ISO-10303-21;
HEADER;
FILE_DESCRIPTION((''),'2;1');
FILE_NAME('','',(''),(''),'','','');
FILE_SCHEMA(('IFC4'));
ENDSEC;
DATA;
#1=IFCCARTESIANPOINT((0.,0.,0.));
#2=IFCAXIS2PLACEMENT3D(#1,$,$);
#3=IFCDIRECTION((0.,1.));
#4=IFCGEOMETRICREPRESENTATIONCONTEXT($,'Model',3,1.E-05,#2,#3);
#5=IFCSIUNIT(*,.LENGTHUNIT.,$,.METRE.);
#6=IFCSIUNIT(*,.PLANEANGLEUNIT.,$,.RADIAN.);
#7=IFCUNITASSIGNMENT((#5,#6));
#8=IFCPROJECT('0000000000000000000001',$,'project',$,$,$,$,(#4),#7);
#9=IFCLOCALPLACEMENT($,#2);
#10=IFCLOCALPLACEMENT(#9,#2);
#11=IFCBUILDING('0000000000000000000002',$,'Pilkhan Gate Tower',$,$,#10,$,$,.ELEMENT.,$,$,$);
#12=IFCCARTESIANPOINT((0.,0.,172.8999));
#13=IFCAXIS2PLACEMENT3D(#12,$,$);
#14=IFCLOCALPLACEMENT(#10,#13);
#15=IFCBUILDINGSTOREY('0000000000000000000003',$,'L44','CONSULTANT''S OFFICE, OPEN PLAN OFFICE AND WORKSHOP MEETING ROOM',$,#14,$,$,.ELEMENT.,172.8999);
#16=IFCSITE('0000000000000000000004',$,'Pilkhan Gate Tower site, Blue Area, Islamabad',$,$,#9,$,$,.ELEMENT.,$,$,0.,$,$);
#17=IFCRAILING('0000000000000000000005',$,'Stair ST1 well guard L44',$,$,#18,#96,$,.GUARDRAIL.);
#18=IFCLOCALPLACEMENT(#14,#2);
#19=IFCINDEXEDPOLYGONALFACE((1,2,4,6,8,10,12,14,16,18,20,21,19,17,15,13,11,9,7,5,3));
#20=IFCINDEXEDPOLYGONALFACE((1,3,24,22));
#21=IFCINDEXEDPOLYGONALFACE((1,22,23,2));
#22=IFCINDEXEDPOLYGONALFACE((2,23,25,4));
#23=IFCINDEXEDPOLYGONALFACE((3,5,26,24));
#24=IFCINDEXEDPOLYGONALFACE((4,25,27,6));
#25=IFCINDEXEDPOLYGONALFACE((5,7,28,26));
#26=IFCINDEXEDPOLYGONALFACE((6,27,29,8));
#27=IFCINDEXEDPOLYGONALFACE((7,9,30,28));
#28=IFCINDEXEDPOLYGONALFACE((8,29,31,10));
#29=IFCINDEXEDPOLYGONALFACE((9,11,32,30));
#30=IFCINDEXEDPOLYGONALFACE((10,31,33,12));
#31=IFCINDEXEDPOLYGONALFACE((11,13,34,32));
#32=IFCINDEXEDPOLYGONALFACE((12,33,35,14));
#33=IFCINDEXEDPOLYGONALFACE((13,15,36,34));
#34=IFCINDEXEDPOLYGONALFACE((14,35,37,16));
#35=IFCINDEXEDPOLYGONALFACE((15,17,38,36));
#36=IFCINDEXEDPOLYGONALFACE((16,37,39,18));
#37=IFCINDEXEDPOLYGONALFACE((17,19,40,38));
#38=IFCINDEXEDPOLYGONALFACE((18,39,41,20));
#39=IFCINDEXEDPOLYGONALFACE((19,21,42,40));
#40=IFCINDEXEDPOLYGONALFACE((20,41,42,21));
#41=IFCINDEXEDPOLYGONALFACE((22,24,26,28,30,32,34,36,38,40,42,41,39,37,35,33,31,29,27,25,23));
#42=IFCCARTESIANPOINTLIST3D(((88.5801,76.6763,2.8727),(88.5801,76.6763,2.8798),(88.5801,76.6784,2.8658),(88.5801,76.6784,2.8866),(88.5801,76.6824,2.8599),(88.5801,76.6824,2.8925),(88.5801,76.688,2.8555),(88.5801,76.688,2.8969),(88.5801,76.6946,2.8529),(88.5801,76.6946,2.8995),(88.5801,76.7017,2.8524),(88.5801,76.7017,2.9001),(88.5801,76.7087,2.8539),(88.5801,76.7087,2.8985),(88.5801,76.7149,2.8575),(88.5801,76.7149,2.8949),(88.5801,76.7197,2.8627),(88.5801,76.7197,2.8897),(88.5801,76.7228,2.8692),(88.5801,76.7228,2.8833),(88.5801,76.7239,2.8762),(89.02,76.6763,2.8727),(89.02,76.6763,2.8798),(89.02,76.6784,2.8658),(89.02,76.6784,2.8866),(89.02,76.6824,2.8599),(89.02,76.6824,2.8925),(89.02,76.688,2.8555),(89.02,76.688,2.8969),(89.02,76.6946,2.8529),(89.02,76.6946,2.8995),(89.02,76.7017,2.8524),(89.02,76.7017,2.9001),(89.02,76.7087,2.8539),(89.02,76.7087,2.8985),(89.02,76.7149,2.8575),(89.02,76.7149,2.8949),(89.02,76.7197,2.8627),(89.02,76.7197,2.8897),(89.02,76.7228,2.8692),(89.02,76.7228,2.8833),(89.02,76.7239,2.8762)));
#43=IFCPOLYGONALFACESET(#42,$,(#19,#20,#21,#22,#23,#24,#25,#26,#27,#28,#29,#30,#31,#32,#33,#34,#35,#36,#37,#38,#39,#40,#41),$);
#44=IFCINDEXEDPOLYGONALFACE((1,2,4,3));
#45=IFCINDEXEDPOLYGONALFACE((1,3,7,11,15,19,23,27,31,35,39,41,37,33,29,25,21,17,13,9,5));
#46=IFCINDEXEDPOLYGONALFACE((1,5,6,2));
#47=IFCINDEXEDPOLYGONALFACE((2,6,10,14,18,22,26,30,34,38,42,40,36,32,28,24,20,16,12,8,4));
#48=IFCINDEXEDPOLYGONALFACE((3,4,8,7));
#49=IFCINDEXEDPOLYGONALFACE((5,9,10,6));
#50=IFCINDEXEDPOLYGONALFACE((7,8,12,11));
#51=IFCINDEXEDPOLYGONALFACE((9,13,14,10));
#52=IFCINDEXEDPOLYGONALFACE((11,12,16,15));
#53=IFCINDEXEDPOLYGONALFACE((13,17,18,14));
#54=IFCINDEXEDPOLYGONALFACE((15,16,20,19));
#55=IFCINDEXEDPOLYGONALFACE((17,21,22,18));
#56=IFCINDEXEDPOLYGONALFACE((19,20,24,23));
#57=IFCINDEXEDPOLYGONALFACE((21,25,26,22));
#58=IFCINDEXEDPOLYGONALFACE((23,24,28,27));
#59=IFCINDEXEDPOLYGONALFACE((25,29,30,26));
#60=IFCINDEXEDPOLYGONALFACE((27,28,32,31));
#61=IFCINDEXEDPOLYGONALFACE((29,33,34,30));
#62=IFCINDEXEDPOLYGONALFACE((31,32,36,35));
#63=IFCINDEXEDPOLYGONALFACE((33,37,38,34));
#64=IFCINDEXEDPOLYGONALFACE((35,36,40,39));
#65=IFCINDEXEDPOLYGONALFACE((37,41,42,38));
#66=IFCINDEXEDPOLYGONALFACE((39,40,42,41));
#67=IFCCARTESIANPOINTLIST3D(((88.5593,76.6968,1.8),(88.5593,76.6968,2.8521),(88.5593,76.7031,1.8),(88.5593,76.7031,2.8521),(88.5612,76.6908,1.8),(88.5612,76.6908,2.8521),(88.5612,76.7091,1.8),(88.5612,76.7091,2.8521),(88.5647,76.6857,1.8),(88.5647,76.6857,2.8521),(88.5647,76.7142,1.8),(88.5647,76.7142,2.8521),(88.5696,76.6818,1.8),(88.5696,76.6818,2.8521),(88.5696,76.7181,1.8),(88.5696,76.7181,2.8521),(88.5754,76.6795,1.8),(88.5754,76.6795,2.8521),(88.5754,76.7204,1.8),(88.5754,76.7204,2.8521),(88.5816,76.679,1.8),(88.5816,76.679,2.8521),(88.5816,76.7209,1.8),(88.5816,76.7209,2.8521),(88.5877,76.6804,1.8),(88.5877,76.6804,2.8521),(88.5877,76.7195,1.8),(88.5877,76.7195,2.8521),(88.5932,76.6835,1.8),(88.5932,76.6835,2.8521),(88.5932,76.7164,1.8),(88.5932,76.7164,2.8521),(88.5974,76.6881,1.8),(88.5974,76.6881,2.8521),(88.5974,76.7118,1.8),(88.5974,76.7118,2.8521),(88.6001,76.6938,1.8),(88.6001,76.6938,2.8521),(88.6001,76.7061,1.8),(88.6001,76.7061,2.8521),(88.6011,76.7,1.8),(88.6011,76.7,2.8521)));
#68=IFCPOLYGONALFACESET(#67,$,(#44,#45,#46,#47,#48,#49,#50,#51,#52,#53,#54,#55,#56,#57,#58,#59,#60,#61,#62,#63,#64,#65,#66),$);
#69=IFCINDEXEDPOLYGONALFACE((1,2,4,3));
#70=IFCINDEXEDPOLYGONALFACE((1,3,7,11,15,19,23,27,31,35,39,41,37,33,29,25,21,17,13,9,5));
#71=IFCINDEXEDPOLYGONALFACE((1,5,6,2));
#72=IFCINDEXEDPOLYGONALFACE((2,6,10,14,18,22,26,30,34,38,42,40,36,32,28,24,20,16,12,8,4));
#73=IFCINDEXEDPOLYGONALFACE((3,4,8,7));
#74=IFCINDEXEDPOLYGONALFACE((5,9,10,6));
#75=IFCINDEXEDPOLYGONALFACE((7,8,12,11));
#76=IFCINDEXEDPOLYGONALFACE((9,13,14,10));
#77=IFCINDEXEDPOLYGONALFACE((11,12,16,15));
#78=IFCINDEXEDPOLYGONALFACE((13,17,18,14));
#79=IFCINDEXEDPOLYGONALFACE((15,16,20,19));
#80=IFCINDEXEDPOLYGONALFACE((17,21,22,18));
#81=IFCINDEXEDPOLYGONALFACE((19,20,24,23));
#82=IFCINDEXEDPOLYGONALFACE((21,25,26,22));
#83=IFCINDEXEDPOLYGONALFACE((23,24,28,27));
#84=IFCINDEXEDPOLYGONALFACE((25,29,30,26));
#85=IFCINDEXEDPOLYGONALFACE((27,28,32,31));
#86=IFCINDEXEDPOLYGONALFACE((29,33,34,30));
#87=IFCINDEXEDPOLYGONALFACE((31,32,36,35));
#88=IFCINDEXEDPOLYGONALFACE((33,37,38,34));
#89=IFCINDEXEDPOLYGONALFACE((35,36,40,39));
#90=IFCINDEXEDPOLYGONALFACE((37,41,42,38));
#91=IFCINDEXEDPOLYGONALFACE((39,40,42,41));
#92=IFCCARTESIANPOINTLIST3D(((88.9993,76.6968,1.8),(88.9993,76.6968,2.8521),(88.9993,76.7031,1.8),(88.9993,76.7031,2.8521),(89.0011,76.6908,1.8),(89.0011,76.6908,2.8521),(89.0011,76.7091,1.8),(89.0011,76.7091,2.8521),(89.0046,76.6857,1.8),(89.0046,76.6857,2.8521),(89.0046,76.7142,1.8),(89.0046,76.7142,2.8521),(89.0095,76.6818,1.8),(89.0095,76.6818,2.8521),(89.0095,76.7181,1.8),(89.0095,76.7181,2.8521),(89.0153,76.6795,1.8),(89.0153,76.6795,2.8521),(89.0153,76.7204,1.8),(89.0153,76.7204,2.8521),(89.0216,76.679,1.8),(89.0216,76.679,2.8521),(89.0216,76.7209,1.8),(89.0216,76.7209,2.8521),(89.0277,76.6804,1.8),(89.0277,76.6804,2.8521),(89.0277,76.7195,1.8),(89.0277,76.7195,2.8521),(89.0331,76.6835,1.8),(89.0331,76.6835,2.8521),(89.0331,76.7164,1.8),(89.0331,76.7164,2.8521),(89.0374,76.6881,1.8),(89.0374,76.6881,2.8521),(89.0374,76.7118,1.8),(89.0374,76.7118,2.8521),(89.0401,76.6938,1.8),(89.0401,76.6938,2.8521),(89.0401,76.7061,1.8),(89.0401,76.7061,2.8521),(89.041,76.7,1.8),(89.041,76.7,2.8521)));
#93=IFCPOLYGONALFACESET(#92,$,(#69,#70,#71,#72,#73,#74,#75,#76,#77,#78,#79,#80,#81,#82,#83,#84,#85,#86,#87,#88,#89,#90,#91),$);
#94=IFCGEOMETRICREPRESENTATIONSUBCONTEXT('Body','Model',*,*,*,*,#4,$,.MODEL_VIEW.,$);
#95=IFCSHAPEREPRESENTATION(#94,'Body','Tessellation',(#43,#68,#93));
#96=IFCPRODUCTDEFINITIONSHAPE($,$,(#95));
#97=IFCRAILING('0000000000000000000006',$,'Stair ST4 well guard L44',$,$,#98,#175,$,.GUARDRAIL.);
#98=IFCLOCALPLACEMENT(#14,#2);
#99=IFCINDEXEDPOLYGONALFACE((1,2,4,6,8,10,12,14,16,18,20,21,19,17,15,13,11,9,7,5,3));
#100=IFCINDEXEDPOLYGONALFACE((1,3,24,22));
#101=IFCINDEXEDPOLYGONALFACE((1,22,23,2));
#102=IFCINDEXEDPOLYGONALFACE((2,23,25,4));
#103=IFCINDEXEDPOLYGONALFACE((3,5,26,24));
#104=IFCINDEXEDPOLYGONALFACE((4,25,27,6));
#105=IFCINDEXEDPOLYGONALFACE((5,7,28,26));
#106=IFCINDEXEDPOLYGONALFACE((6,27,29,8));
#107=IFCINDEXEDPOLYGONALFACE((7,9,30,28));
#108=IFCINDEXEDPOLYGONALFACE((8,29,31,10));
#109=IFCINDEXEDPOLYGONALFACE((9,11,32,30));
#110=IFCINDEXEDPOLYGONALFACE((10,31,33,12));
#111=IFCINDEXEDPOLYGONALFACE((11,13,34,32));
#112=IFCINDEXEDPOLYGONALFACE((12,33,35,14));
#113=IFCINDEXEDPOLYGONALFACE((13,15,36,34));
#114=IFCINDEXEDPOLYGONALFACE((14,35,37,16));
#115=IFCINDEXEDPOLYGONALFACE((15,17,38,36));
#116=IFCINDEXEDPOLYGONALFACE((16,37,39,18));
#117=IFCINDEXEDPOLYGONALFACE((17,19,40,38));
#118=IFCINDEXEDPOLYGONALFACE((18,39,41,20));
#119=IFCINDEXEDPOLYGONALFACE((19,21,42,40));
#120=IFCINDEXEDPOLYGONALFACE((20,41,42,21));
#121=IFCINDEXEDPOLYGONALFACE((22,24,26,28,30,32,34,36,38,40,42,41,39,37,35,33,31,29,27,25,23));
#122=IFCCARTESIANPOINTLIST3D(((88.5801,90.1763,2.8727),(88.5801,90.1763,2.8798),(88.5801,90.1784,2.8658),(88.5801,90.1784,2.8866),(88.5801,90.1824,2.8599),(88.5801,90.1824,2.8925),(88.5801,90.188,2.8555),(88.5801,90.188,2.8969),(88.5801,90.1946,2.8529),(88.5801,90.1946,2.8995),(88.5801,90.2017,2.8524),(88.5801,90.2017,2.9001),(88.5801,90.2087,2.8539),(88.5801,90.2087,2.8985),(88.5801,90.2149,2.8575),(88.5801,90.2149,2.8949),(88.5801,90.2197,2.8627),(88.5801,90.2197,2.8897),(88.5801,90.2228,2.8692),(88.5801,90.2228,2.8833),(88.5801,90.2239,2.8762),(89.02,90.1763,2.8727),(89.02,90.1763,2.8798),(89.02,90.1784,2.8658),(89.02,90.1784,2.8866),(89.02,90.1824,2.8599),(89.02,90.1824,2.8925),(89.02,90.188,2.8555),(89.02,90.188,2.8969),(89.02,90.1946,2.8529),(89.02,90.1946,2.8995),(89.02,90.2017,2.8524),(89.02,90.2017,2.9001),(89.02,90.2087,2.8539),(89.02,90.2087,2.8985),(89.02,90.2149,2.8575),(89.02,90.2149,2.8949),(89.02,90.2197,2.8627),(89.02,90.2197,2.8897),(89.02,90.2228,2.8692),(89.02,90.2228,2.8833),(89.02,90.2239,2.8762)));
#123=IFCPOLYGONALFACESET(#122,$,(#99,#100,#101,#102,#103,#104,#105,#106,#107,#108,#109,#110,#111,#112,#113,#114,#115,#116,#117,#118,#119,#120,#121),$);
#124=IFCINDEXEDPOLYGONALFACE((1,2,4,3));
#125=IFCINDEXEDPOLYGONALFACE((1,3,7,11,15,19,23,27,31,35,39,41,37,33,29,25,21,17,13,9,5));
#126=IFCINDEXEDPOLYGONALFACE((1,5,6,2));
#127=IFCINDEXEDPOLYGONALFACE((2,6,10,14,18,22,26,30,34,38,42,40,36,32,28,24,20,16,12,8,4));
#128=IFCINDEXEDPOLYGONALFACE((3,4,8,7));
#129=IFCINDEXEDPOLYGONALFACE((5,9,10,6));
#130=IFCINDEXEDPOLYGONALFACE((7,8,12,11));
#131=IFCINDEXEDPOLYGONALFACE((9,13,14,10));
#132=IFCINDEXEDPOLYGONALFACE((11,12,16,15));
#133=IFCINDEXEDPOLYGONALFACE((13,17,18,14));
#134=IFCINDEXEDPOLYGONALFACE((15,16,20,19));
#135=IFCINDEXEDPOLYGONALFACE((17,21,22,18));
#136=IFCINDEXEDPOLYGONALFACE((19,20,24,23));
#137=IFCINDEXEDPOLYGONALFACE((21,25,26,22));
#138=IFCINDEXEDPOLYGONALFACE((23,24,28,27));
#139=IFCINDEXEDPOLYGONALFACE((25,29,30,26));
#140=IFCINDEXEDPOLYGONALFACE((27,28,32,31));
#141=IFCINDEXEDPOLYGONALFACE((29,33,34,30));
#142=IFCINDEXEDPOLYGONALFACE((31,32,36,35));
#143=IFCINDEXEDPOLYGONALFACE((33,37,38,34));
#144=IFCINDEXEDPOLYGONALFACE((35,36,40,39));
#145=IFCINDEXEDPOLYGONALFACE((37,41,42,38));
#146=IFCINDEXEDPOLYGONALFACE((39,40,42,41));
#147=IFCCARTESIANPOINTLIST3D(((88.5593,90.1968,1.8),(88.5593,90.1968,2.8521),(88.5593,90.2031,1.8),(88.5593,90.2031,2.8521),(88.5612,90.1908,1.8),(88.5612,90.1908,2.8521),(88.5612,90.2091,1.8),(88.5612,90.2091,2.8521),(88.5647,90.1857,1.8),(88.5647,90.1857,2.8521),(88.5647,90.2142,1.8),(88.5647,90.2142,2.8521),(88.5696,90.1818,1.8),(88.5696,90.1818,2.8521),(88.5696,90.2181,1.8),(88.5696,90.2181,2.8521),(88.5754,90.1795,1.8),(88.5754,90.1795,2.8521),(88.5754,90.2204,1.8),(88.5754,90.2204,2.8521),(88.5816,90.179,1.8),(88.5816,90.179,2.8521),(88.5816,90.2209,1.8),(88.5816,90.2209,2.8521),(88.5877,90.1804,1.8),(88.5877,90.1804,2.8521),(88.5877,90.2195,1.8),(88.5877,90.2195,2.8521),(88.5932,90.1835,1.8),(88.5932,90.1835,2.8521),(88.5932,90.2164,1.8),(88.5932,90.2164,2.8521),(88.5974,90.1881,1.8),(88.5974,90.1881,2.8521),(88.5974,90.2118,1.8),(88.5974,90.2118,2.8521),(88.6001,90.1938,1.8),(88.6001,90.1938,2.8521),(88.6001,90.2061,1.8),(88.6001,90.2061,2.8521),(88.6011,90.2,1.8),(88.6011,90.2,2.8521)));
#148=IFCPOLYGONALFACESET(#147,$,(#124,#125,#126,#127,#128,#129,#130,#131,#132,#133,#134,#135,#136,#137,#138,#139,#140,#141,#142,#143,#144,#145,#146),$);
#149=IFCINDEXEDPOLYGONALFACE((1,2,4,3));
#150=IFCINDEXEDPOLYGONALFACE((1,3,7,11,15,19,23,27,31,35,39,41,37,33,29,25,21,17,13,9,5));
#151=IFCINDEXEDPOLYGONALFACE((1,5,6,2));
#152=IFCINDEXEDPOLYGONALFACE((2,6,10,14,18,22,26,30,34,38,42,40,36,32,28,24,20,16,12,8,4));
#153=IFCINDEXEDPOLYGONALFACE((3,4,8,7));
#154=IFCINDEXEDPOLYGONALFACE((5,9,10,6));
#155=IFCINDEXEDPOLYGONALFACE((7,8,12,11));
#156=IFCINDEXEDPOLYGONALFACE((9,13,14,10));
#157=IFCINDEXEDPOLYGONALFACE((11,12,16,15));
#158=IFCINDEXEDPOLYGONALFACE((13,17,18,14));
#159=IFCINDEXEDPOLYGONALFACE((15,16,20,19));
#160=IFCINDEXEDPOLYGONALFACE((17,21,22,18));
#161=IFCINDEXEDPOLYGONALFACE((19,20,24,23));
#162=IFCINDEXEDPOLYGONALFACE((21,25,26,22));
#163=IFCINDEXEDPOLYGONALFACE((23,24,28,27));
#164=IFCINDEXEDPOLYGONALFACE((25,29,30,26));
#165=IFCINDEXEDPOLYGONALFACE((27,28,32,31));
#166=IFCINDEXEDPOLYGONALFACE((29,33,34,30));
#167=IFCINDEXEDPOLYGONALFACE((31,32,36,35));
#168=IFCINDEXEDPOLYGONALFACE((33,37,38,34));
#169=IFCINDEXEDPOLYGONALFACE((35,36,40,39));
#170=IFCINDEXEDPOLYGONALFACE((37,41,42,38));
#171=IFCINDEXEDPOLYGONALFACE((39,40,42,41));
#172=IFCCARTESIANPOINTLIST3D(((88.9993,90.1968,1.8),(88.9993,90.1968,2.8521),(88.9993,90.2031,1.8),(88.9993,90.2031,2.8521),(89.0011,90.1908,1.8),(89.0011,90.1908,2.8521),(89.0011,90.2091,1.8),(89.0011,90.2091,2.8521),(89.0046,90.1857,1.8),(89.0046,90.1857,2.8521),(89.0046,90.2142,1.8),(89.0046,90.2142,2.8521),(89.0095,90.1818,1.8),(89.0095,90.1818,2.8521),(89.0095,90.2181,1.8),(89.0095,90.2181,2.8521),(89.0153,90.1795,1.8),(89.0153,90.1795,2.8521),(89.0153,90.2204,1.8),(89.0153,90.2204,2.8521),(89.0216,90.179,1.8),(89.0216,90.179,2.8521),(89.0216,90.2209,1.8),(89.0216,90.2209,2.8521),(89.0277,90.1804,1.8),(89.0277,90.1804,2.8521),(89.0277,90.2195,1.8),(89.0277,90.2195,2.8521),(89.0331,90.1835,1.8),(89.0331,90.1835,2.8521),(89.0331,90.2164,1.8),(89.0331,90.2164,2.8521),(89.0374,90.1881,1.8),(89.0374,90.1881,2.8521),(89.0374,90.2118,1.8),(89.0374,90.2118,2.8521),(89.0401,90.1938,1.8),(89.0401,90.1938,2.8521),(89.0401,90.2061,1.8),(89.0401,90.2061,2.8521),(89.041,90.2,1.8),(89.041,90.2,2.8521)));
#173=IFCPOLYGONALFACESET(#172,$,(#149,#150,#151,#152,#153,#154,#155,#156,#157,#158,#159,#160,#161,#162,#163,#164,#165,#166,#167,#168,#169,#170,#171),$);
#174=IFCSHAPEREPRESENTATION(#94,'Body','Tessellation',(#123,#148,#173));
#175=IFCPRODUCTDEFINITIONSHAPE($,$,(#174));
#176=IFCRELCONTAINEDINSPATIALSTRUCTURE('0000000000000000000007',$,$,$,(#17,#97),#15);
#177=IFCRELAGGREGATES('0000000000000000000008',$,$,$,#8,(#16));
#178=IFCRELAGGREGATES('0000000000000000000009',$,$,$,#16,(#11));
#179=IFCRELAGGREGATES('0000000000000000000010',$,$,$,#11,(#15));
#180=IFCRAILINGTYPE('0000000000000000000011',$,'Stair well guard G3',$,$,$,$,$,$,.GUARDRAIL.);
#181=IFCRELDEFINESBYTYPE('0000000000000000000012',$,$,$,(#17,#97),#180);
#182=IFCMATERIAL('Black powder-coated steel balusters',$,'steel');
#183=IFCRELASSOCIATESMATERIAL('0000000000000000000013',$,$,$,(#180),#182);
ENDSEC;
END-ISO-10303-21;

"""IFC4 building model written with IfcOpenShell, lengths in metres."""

from ifc_helpers import new_model, si_unit, direction, frame, origin, origin_2d, place, context, subcontext, project, spatial, circle, extrude, material, type_object, element, save


model = new_model("IFC4")

# Units and contexts
model_context = context("Model", 3, precision=1e-05, world=origin(), true_north=direction((0.0, 1.0)))
body_context = subcontext(model_context, "Body", "Model", "MODEL_VIEW")
ifc_project = project(units=[si_unit("LENGTHUNIT", "METRE"), si_unit("PLANEANGLEUNIT", "RADIAN")], contexts=[model_context])

# Site, building, storey
site_placement = place(None, origin())
site = spatial("IfcSite", under=ifc_project, at=site_placement, Name="Pilkhan Gate Tower site, Blue Area, Islamabad", CompositionType="ELEMENT", RefElevation=0.0)
building_placement = place(site_placement, origin())
building = spatial("IfcBuilding", under=site, at=building_placement, Name="Pilkhan Gate Tower", CompositionType="ELEMENT")
storey_placement = place(building_placement, frame((0.0, 0.0, 172.8999)))
storey = spatial("IfcBuildingStorey", under=building, at=storey_placement, Name="L44", Description="CONSULTANT'S OFFICE, OPEN PLAN OFFICE AND WORKSHOP MEETING ROOM", CompositionType="ELEMENT", Elevation=172.8999)

# Railings
ifc_material_1 = material(Name="Black powder-coated steel balusters", Category="steel")
railing_type_1 = type_object("IfcRailingType", Name="Stair well guard G3", PredefinedType="GUARDRAIL", material=ifc_material_1)
for number, where, name in (
    (1, (88.5801, 76.7, 1.8), "Stair ST1 well guard L44"),
    (2, (88.5801, 90.2, 1.8), "Stair ST4 well guard L44"),
):
    element("IfcRailing", number, at=place(storey_placement, frame(where)), inside=storey, type_object=railing_type_1, Name=name, PredefinedType="GUARDRAIL", context=body_context, shape_type="SweptSolid", body=[
        extrude(circle(Radius=0.0239, at=origin_2d()), frame((0.0, 0.0, 1.0762), z_axis=(1.0, 0.0, 0.0), x_axis=(0.0, 1.0, 0.0)), (0.0, 0.0, 1.0), 0.4399),
        extrude(circle(Radius=0.021, at=origin_2d()), origin(), (0.0, 0.0, 1.0), 1.052),
        extrude(circle(Radius=0.021, at=origin_2d()), frame((0.4399, 0.0, 0.0)), (0.0, 0.0, 1.0), 1.052),
    ])

save(model, "model.ifc")
